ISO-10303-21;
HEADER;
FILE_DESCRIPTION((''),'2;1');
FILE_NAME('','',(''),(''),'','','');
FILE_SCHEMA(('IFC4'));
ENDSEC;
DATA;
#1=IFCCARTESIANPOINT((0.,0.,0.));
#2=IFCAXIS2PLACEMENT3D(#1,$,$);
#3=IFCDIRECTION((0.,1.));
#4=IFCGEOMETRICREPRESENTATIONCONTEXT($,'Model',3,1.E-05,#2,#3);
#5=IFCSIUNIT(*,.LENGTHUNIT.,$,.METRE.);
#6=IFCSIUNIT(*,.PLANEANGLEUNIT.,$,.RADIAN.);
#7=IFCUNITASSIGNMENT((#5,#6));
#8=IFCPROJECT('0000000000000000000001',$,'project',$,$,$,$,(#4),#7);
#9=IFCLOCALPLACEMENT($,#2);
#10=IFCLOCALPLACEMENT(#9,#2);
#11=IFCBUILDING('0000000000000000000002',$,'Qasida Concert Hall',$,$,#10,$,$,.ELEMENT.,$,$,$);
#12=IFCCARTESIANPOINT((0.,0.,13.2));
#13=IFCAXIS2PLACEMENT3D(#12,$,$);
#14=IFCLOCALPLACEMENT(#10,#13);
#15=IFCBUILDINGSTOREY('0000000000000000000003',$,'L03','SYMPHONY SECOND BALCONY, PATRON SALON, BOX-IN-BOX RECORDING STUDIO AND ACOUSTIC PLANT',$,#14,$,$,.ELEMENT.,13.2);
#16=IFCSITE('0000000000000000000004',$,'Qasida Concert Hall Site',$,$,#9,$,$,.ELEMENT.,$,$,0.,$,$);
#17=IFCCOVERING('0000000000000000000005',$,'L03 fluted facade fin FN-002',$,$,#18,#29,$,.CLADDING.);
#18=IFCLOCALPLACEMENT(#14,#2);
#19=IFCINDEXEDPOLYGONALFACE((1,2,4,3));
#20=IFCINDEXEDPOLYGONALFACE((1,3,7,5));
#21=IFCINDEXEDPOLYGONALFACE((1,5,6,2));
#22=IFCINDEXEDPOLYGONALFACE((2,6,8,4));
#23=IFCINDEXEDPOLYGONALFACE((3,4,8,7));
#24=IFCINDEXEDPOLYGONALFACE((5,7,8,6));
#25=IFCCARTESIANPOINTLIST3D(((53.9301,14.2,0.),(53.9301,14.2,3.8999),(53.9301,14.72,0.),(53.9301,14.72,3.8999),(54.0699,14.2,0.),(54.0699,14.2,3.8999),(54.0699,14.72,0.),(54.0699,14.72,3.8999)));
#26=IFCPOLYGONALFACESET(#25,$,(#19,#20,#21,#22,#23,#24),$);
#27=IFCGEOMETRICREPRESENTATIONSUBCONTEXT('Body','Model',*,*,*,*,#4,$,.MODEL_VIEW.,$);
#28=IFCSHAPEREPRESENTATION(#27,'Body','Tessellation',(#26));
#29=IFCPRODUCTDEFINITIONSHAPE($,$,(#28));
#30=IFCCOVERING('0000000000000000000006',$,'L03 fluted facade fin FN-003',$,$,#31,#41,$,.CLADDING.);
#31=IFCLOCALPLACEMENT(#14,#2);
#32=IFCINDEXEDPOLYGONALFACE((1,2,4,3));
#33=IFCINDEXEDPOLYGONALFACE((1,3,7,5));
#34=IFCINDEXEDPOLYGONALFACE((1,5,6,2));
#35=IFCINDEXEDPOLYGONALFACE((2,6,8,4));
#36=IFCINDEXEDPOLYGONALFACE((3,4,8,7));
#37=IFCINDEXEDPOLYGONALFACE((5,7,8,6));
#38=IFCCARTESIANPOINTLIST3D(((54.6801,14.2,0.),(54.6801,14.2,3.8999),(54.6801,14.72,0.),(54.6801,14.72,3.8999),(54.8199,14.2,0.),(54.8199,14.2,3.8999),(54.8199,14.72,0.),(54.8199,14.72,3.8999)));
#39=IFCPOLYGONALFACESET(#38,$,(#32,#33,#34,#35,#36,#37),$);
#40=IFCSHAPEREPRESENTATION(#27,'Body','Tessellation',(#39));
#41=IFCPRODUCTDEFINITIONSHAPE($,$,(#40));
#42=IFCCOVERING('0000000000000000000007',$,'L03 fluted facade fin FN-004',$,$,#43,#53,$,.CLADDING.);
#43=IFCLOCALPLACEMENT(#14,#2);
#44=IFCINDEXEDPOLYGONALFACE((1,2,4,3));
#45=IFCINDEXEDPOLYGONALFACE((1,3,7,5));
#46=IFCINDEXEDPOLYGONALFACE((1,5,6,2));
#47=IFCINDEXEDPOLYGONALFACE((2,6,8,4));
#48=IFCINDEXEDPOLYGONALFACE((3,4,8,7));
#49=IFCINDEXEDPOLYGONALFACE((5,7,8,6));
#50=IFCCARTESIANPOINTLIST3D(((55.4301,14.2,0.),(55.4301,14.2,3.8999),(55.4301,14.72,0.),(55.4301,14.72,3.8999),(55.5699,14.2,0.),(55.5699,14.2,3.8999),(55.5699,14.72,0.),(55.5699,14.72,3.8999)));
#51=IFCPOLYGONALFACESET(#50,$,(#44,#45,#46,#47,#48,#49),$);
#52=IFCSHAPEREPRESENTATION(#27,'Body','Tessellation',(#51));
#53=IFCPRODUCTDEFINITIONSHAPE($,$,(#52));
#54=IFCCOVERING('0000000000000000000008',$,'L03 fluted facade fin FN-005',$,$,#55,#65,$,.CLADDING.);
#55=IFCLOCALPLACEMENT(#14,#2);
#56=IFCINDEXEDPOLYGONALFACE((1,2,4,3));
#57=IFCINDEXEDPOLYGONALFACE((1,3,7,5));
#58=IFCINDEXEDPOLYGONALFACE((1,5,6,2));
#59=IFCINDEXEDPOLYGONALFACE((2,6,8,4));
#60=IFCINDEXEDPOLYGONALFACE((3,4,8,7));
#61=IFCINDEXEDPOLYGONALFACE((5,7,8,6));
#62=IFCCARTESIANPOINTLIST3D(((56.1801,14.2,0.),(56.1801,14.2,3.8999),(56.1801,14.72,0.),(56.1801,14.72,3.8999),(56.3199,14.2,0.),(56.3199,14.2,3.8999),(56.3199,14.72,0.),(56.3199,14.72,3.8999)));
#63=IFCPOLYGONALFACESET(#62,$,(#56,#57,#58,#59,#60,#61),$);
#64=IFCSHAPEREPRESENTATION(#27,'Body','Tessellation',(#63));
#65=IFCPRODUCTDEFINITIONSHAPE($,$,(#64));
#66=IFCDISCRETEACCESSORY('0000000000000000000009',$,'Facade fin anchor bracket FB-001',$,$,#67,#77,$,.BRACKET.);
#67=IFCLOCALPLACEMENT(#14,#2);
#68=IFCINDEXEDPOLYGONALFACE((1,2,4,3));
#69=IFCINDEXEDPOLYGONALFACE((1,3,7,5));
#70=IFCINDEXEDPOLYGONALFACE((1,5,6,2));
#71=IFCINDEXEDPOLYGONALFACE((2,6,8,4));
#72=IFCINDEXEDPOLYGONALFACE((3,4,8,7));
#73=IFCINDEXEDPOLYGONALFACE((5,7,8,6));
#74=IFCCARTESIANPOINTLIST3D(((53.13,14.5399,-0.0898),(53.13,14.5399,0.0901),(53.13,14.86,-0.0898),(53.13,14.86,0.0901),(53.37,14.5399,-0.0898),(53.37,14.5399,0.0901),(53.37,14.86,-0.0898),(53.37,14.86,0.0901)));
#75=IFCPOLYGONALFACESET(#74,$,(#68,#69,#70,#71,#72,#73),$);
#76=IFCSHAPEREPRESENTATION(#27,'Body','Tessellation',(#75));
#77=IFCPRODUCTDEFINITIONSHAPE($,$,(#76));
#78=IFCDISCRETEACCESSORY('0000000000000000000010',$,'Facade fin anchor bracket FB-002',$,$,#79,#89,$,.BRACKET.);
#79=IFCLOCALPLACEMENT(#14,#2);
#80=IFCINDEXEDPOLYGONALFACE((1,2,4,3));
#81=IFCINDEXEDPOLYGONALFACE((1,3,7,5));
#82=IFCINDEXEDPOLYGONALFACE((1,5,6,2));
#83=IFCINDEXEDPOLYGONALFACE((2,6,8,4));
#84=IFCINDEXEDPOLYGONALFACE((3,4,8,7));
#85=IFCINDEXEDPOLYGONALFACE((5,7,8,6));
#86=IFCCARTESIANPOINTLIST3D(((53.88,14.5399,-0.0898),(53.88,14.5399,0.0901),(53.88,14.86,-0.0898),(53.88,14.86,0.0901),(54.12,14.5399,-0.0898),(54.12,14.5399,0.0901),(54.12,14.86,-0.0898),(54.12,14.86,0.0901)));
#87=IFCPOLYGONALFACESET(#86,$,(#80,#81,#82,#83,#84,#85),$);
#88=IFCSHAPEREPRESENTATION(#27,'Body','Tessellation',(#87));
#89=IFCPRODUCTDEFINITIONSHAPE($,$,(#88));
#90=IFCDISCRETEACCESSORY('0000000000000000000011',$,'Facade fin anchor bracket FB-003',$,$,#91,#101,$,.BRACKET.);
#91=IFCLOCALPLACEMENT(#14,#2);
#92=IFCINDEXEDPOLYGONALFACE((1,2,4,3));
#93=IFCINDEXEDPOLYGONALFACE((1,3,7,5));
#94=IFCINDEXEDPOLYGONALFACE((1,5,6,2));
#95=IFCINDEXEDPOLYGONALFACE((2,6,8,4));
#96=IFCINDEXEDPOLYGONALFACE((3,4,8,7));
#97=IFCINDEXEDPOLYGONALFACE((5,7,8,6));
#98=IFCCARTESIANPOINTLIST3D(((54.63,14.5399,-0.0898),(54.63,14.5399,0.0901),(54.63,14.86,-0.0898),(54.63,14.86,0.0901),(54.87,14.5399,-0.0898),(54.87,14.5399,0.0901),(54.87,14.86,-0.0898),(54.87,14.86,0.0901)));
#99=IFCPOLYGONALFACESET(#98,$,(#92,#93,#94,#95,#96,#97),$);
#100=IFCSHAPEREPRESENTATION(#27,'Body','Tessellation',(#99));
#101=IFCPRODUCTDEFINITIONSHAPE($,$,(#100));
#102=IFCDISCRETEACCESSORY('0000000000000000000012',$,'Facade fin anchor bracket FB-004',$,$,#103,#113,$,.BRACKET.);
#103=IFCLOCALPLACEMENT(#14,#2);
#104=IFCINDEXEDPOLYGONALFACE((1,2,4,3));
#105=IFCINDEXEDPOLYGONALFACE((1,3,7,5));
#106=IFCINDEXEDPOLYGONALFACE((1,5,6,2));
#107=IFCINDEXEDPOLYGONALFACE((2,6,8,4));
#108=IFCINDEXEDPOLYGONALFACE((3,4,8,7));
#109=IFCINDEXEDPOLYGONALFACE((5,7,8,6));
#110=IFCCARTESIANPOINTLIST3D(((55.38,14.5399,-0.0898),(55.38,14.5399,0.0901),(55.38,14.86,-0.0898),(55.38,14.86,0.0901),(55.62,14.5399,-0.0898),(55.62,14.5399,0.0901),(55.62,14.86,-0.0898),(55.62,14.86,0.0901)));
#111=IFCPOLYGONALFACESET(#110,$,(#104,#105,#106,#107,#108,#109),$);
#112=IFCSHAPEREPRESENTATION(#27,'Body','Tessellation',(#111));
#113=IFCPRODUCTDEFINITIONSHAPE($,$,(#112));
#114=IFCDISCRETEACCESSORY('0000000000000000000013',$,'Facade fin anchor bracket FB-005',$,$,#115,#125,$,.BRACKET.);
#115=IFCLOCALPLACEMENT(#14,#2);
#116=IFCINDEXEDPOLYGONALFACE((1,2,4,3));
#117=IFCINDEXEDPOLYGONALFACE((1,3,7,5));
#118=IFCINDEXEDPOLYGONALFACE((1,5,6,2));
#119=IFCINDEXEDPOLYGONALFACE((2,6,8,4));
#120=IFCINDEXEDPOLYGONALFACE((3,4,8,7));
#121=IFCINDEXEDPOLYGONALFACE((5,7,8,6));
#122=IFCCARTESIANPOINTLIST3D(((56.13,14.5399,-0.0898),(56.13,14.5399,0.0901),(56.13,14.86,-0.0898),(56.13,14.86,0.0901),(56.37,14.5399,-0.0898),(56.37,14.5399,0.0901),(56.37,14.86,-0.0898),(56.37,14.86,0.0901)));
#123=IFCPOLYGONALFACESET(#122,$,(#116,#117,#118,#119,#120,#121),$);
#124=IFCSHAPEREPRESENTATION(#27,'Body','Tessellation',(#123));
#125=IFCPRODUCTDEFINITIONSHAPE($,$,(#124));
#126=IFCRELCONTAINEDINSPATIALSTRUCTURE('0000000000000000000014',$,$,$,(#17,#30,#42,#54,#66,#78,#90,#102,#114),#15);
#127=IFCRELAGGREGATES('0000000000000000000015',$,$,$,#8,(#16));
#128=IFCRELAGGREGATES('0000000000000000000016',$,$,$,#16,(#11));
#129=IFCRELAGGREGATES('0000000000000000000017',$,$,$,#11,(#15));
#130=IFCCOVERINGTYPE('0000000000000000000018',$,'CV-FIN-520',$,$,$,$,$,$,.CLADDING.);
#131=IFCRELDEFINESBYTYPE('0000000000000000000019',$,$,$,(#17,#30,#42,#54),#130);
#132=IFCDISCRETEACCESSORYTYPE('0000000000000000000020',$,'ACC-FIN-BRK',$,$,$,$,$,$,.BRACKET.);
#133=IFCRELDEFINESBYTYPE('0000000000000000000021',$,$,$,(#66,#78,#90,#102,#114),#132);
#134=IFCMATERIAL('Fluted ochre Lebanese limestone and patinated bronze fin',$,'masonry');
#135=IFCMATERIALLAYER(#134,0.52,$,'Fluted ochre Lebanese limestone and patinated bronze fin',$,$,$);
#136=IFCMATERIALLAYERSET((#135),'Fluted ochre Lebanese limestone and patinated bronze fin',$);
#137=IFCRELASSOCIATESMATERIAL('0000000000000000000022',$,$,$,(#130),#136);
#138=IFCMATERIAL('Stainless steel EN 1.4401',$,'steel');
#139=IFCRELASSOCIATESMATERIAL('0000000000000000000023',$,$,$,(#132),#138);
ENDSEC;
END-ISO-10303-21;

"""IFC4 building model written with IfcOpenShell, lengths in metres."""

from ifc_helpers import new_model, si_unit, direction, frame, origin, origin_2d, place, context, subcontext, project, spatial, rectangle, extrude, material, layer, layer_set, type_object, element, save


model = new_model("IFC4")

# Units and contexts
model_context = context("Model", 3, precision=1e-05, world=origin(), true_north=direction((0.0, 1.0)))
body_context = subcontext(model_context, "Body", "Model", "MODEL_VIEW")
ifc_project = project(units=[si_unit("LENGTHUNIT", "METRE"), si_unit("PLANEANGLEUNIT", "RADIAN")], contexts=[model_context])

# Site, building, storey
site_placement = place(None, origin())
site = spatial("IfcSite", under=ifc_project, at=site_placement, Name="Qasida Concert Hall Site", CompositionType="ELEMENT", RefElevation=0.0)
building_placement = place(site_placement, origin())
building = spatial("IfcBuilding", under=site, at=building_placement, Name="Qasida Concert Hall", CompositionType="ELEMENT")
storey_placement = place(building_placement, frame((0.0, 0.0, 13.2)))
storey = spatial("IfcBuildingStorey", under=building, at=storey_placement, Name="L03", Description="SYMPHONY SECOND BALCONY, PATRON SALON, BOX-IN-BOX RECORDING STUDIO AND ACOUSTIC PLANT", CompositionType="ELEMENT", Elevation=13.2)

# Coverings
ifc_material_1 = material(Name="Fluted ochre Lebanese limestone and patinated bronze fin", Category="masonry")
ifc_layer_1 = layer(ifc_material_1, 0.52, Name="Fluted ochre Lebanese limestone and patinated bronze fin")
ifc_layer_set_1 = layer_set([ifc_layer_1], Name="Fluted ochre Lebanese limestone and patinated bronze fin")
covering_type = type_object("IfcCoveringType", Name="CV-FIN-520", PredefinedType="CLADDING", material=ifc_layer_set_1)
for number, where, z_axis, x_axis, name in (
    (1, (54.0, 14.46, 0.0), (0.0, 0.0, 1.0), (1.0, 0.0, 0.0), "L03 fluted facade fin FN-002"),
    (2, (54.75, 14.46, 0.0), (0.0, 0.0, 1.0), (1.0, 0.0, 0.0), "L03 fluted facade fin FN-003"),
    (3, (55.5, 14.46, 0.0), (0.0, 0.0, 1.0), (1.0, 0.0, 0.0), "L03 fluted facade fin FN-004"),
    (4, (56.25, 14.46, 0.0), (0.0, 0.0, 1.0), (1.0, 0.0, 0.0), "L03 fluted facade fin FN-005"),
):
    element("IfcCovering", number, at=place(storey_placement, frame(where, z_axis=z_axis, x_axis=x_axis)), inside=storey, type_object=covering_type, Name=name, PredefinedType="CLADDING", context=body_context, shape_type="SweptSolid", body=[
        extrude(rectangle(XDim=0.1399, YDim=0.52, at=origin_2d()), origin(), (0.0, 0.0, 1.0), 3.8999),
    ])

# Discrete accessories
ifc_material_2 = material(Name="Stainless steel EN 1.4401", Category="steel")
discrete_accessory_type = type_object("IfcDiscreteAccessoryType", Name="ACC-FIN-BRK", PredefinedType="BRACKET", material=ifc_material_2)
for number, where, z_axis, x_axis, name in (
    (5, (53.25, 14.7, -0.0898), (0.0, 0.0, 1.0), (1.0, 0.0, 0.0), "Facade fin anchor bracket FB-001"),
    (6, (54.0, 14.7, -0.0898), (0.0, 0.0, 1.0), (1.0, 0.0, 0.0), "Facade fin anchor bracket FB-002"),
    (7, (54.75, 14.7, -0.0898), (0.0, 0.0, 1.0), (1.0, 0.0, 0.0), "Facade fin anchor bracket FB-003"),
    (8, (55.5, 14.7, -0.0898), (0.0, 0.0, 1.0), (1.0, 0.0, 0.0), "Facade fin anchor bracket FB-004"),
    (9, (56.25, 14.7, -0.0898), (0.0, 0.0, 1.0), (1.0, 0.0, 0.0), "Facade fin anchor bracket FB-005"),
):
    element("IfcDiscreteAccessory", number, at=place(storey_placement, frame(where, z_axis=z_axis, x_axis=x_axis)), inside=storey, type_object=discrete_accessory_type, Name=name, PredefinedType="BRACKET", context=body_context, shape_type="SweptSolid", body=[
        extrude(rectangle(XDim=0.24, YDim=0.3201, at=origin_2d()), origin(), (0.0, 0.0, 1.0), 0.1799),
    ])

save(model, "model.ifc")
